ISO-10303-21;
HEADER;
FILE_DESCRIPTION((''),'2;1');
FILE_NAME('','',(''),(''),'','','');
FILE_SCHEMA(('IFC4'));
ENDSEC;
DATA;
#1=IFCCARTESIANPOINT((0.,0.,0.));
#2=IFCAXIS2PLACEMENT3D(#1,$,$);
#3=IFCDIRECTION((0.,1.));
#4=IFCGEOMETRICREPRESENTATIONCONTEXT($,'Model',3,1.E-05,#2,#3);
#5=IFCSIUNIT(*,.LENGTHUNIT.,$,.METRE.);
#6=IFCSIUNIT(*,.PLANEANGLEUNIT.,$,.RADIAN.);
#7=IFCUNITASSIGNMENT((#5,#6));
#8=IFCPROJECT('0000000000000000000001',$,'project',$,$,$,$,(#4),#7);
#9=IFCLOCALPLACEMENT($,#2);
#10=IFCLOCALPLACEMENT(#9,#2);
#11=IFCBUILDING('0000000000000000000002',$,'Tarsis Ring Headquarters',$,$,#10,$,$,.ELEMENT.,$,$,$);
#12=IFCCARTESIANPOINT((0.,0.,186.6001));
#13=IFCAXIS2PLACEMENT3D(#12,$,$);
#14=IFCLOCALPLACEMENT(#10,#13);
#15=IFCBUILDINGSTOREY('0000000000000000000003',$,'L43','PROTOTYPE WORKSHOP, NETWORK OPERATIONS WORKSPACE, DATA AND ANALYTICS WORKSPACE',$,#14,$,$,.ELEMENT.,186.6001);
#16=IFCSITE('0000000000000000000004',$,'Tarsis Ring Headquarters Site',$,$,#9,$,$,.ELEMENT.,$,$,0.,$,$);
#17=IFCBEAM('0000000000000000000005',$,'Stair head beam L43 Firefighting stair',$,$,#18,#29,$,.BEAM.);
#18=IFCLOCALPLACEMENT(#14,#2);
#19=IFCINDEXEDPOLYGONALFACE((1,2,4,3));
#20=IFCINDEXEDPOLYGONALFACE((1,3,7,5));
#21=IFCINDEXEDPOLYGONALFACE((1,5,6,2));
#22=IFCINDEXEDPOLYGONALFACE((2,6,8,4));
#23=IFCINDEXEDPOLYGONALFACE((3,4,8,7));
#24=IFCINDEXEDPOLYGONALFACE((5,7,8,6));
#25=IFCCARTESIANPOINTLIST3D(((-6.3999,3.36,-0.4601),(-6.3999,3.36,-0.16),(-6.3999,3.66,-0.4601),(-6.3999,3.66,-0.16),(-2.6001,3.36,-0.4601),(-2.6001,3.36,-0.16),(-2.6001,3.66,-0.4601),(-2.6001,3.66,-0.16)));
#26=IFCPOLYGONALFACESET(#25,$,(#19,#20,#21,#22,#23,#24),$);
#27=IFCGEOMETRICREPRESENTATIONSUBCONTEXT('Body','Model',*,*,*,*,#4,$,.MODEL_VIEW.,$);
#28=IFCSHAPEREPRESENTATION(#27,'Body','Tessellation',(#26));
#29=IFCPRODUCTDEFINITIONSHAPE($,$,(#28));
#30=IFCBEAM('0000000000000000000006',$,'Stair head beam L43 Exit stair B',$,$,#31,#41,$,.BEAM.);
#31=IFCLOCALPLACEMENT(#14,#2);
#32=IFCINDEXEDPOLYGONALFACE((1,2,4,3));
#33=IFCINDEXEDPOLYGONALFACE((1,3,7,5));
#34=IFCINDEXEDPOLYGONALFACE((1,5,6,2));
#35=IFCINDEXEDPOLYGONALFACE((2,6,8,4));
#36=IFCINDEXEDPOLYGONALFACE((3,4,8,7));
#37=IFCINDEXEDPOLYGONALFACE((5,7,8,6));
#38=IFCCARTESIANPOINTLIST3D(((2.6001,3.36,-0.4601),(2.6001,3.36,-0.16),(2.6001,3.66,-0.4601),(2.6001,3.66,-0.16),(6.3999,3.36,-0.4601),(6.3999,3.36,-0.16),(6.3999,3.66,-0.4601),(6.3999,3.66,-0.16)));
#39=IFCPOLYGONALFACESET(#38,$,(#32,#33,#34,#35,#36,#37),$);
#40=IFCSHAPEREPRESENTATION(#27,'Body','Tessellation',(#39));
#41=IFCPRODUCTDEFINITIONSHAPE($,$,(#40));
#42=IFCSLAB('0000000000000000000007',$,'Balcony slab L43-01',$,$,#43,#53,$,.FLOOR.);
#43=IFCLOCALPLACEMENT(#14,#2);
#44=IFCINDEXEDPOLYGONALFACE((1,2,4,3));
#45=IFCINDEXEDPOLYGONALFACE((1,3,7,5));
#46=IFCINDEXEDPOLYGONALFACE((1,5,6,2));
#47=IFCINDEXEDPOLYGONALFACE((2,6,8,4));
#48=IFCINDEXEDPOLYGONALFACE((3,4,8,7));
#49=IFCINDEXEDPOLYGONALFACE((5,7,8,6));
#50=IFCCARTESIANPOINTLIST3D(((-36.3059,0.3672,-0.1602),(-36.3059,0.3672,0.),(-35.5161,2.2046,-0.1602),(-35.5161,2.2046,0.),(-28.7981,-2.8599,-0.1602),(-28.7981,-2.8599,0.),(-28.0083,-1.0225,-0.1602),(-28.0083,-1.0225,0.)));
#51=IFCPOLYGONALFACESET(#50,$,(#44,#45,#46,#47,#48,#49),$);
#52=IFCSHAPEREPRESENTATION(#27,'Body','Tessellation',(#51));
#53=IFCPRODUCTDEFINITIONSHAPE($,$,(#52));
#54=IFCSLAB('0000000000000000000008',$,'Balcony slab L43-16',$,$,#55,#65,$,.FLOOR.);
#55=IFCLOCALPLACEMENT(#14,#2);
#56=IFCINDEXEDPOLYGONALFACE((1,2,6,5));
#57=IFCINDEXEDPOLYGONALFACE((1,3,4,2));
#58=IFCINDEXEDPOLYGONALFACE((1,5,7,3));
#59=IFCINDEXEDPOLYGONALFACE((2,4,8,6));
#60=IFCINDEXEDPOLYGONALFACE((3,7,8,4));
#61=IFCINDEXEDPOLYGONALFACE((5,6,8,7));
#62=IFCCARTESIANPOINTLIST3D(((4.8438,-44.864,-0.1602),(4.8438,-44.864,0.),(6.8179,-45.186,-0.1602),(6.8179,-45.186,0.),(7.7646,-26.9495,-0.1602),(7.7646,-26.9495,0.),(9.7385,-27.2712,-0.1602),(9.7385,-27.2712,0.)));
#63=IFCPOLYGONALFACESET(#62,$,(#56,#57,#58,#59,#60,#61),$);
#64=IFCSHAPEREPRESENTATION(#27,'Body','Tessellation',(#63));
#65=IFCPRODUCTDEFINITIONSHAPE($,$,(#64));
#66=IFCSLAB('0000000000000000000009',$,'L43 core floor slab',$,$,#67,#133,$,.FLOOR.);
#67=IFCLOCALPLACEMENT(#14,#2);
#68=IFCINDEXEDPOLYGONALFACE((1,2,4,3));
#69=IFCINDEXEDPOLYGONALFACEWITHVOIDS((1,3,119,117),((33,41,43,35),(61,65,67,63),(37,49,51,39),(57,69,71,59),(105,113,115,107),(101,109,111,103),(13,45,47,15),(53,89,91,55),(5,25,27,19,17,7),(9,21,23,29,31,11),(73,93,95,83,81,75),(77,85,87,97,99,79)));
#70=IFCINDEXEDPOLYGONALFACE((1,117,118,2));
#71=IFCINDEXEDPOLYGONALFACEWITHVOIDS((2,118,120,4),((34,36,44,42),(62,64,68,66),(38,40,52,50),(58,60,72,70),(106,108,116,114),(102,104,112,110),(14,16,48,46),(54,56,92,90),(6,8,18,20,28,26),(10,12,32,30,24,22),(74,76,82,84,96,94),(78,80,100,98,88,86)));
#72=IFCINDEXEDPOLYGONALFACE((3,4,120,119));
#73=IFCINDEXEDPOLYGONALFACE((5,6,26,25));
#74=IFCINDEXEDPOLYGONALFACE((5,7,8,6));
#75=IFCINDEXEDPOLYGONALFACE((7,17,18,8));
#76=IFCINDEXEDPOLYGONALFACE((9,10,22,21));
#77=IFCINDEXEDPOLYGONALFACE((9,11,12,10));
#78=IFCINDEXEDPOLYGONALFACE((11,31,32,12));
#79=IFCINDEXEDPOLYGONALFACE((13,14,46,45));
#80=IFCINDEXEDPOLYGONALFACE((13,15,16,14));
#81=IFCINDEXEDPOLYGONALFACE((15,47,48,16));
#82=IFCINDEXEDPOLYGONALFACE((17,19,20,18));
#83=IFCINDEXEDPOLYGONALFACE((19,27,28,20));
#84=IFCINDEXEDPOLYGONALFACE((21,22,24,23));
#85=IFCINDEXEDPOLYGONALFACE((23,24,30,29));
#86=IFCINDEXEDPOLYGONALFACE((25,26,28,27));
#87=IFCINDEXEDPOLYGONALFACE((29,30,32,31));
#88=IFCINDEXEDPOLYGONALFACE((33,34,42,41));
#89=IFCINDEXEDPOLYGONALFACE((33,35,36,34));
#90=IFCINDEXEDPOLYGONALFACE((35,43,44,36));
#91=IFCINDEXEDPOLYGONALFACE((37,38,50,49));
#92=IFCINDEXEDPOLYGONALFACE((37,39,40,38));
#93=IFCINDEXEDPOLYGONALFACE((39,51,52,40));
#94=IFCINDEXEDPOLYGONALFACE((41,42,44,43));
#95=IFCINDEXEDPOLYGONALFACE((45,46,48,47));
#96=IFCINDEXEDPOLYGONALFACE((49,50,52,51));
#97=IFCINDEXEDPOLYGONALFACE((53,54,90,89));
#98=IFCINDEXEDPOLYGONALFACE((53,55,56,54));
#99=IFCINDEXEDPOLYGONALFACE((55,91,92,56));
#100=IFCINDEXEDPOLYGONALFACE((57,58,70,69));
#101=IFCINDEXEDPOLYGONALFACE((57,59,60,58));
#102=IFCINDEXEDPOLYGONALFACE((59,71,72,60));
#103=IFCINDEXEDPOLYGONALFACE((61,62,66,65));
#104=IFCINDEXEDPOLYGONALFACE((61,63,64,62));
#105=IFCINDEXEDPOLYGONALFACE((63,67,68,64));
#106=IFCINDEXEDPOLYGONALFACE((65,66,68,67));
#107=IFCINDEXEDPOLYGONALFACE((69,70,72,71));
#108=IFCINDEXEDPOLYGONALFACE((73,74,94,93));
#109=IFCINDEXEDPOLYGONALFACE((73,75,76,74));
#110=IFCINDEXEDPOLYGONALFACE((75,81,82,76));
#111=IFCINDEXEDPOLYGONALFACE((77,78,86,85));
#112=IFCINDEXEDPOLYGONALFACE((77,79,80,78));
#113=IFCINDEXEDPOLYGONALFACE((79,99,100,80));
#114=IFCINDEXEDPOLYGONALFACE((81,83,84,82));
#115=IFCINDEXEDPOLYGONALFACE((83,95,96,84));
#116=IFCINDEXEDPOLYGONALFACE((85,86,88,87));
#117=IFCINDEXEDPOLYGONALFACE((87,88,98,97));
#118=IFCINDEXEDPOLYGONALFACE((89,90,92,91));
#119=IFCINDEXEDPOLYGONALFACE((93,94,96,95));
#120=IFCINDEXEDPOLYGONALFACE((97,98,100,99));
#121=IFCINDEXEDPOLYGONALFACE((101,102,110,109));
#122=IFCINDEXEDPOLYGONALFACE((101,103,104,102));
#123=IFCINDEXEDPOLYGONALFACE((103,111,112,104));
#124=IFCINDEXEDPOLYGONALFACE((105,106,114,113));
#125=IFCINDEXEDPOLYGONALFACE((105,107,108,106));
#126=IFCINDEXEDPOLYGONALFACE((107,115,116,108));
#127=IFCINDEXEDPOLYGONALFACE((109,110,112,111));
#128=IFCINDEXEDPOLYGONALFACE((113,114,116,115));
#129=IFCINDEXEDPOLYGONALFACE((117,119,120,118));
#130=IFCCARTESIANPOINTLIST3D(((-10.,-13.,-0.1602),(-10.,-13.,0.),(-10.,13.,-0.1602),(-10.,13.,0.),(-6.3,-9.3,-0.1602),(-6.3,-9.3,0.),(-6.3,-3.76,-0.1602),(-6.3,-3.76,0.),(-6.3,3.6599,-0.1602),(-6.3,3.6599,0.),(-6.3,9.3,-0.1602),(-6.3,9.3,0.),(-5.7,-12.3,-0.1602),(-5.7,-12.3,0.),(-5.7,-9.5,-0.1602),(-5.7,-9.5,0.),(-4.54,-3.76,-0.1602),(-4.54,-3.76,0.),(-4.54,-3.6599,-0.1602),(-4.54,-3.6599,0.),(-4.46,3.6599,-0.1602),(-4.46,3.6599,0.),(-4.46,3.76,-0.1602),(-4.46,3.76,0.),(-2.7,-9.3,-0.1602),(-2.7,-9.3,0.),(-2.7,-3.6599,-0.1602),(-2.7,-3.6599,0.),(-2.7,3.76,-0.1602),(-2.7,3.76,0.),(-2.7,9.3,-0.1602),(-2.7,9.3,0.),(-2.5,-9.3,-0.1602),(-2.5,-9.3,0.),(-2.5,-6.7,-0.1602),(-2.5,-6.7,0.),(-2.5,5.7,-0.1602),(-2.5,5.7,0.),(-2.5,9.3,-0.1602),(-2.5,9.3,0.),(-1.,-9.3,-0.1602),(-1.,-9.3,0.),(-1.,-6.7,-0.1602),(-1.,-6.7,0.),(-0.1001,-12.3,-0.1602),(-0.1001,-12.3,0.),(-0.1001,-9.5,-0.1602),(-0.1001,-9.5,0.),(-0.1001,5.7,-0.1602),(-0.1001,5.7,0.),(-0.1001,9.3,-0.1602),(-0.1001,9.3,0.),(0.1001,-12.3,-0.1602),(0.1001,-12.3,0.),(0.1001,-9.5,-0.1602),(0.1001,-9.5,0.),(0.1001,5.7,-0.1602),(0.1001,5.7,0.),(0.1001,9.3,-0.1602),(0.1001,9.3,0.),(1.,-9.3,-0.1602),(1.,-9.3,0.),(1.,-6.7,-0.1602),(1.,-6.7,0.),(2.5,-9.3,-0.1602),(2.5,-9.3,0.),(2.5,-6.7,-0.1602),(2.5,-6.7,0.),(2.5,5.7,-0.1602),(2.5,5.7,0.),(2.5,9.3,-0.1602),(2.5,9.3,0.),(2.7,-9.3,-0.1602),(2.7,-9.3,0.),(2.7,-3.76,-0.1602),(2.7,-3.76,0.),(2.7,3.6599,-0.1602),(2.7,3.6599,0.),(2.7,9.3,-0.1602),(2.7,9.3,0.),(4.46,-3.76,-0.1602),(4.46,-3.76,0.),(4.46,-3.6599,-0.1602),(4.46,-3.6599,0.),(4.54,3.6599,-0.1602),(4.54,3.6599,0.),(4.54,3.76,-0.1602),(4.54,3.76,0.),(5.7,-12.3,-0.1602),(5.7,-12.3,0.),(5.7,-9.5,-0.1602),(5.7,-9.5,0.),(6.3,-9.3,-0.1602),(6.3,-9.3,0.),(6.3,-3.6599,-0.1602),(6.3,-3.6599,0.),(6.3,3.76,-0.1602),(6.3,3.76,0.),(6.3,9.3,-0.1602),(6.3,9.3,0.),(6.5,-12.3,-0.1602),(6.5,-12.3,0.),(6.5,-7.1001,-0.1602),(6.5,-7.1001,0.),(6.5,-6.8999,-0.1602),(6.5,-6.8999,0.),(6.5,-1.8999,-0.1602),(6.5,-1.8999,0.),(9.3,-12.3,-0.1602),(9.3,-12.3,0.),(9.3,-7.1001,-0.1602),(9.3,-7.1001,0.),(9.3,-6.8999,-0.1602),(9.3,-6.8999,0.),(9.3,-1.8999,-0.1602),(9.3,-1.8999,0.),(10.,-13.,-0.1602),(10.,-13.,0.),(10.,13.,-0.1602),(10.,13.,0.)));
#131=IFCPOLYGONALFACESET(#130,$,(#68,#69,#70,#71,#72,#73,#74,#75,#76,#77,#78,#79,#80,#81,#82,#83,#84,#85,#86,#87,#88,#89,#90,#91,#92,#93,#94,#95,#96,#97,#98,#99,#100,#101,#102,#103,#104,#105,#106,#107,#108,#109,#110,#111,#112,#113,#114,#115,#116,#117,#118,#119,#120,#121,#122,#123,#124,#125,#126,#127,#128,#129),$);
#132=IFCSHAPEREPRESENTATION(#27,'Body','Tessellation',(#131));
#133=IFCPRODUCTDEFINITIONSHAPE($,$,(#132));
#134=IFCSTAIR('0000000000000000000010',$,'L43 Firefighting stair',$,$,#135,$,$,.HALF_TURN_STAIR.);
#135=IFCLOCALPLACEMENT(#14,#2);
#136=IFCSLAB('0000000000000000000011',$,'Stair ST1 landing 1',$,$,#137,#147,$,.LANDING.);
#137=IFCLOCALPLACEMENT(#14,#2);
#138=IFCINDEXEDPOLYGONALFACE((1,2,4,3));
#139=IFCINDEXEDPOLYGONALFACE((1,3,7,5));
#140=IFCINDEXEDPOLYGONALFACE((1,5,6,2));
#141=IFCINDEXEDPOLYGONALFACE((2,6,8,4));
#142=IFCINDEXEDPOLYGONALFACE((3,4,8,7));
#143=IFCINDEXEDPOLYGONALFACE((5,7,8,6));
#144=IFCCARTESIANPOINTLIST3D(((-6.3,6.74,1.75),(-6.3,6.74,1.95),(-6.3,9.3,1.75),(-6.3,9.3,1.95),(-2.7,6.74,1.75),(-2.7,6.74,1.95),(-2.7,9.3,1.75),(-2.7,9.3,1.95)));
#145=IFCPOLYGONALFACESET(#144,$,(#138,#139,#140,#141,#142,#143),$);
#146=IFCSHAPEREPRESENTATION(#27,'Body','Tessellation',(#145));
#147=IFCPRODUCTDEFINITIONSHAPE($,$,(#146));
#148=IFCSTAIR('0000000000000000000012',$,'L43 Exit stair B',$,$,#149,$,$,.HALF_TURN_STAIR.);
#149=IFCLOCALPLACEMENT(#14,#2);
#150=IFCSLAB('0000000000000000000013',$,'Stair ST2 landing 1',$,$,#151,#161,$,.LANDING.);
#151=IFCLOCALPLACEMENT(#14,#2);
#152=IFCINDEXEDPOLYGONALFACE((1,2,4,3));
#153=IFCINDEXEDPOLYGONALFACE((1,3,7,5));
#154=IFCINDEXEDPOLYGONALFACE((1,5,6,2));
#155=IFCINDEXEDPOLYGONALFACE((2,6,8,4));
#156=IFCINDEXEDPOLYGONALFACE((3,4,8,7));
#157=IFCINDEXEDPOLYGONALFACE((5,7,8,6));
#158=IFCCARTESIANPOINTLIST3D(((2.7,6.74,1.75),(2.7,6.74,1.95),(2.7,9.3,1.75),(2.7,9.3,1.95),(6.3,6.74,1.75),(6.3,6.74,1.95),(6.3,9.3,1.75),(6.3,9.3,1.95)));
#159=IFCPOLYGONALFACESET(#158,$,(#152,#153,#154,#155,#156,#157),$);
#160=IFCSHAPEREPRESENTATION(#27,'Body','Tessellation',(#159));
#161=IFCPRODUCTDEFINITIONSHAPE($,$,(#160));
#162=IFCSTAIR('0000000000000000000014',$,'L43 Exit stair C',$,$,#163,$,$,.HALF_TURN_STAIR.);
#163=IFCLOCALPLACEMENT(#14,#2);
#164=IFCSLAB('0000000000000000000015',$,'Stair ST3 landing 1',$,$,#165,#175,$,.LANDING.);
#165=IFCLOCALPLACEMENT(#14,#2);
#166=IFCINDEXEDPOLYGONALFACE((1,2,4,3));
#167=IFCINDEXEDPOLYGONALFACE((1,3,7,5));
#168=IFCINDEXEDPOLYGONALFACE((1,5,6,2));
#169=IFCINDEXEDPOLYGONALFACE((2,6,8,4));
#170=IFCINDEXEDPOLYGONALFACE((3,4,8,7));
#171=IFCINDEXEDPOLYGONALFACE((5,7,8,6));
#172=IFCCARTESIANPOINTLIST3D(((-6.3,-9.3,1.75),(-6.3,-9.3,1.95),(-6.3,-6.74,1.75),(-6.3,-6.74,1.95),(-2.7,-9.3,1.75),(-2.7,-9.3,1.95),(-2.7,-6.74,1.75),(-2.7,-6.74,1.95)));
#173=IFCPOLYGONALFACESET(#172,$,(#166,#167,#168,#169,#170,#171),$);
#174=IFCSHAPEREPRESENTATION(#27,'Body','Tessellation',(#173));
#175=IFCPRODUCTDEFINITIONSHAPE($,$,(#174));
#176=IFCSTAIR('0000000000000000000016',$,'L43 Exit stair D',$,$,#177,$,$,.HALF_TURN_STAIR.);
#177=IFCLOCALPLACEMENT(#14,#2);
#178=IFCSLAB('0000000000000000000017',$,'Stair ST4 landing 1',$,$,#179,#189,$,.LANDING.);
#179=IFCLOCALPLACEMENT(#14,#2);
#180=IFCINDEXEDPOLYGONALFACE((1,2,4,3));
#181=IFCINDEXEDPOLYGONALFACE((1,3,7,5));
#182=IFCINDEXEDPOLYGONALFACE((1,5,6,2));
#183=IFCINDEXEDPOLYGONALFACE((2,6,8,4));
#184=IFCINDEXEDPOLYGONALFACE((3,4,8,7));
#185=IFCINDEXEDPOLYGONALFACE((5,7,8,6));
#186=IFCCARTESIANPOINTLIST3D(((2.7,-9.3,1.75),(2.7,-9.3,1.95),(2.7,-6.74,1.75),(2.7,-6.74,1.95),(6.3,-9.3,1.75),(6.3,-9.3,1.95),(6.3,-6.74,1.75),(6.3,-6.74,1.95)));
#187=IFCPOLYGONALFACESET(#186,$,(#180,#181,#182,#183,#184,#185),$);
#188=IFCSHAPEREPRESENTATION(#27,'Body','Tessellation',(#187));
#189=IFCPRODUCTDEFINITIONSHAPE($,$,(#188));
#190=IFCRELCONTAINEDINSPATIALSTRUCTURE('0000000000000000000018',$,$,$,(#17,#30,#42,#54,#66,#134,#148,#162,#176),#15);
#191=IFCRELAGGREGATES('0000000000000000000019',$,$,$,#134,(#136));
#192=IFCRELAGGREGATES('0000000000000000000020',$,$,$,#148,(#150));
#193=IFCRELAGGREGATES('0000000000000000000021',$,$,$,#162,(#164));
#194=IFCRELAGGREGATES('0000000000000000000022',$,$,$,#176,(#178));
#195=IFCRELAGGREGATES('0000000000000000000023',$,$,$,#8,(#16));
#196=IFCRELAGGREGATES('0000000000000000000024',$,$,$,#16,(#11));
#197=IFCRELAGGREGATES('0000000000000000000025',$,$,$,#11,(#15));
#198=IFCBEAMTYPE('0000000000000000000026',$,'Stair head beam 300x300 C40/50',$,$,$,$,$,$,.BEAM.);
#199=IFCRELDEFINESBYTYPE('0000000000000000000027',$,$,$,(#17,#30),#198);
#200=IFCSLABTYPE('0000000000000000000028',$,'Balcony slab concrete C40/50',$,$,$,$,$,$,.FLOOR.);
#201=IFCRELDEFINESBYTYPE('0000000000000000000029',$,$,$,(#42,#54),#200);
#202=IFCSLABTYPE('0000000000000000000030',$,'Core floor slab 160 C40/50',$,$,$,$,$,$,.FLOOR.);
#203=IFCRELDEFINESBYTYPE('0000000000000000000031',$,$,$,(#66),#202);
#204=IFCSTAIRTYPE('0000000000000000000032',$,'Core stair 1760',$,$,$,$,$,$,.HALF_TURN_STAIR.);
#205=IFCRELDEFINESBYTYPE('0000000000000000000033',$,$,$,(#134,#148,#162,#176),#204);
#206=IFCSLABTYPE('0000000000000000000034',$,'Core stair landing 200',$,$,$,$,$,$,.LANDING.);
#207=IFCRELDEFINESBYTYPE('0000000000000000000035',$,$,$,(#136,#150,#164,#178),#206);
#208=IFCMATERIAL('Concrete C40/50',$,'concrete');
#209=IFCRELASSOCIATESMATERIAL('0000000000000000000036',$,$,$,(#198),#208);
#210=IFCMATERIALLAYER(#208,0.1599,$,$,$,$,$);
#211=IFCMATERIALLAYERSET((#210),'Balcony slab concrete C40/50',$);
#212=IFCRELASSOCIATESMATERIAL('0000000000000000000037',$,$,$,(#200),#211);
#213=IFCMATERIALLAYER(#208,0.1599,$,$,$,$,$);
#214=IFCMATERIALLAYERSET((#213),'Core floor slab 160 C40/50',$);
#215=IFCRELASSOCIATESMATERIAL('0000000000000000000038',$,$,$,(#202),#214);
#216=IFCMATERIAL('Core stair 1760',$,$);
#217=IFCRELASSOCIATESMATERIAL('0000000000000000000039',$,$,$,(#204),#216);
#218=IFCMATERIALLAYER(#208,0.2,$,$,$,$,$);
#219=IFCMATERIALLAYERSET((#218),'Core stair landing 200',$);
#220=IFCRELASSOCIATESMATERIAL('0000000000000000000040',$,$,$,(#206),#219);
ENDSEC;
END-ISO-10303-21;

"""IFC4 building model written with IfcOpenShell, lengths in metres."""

from ifc_helpers import new_model, si_unit, direction, frame, origin, origin_2d, place, context, subcontext, project, spatial, polyline, rectangle, outline, extrude, material, layer, layer_set, material_profile, profile_set, type_object, element, aggregate, save


model = new_model("IFC4")

# Units and contexts
model_context = context("Model", 3, precision=1e-05, world=origin(), true_north=direction((0.0, 1.0)))
body_context = subcontext(model_context, "Body", "Model", "MODEL_VIEW")
ifc_project = project(units=[si_unit("LENGTHUNIT", "METRE"), si_unit("PLANEANGLEUNIT", "RADIAN")], contexts=[model_context])

# Site, building, storey
site_placement = place(None, origin())
site = spatial("IfcSite", under=ifc_project, at=site_placement, Name="Tarsis Ring Headquarters Site", CompositionType="ELEMENT", RefElevation=0.0)
building_placement = place(site_placement, origin())
building = spatial("IfcBuilding", under=site, at=building_placement, Name="Tarsis Ring Headquarters", CompositionType="ELEMENT")
storey_placement = place(building_placement, frame((0.0, 0.0, 186.6001)))
storey = spatial("IfcBuildingStorey", under=building, at=storey_placement, Name="L43", Description="PROTOTYPE WORKSHOP, NETWORK OPERATIONS WORKSPACE, DATA AND ANALYTICS WORKSPACE", CompositionType="ELEMENT", Elevation=186.6001)

# Beams
ifc_material_1 = material(Name="Concrete C40/50", Category="concrete")
ifc_material_profile = material_profile(ifc_material_1, rectangle(XDim=0.3, YDim=0.3, at=origin_2d()), Name="Stair head beam 300x300 C40/50")
ifc_profile_set = profile_set([ifc_material_profile], Name="Concrete C40/50")
beam_type = type_object("IfcBeamType", Name="Stair head beam 300x300 C40/50", PredefinedType="BEAM", material=ifc_profile_set)
for number, where, z_axis, x_axis, name in (
    (1, (-6.3999, 3.51, -0.3101), (1.0, 0.0, 0.0), (0.0, 1.0, 0.0), "Stair head beam L43 Firefighting stair"),
    (2, (2.6001, 3.51, -0.3101), (1.0, 0.0, 0.0), (0.0, 1.0, 0.0), "Stair head beam L43 Exit stair B"),
):
    element("IfcBeam", number, at=place(storey_placement, frame(where, z_axis=z_axis, x_axis=x_axis)), inside=storey, type_object=beam_type, Name=name, PredefinedType="BEAM", context=body_context, shape_type="SweptSolid", body=[
        extrude(rectangle(XDim=0.3, YDim=0.3, at=origin_2d()), origin(), (0.0, 0.0, 1.0), 3.7998),
    ])

# Slabs
ifc_layer_1 = layer(ifc_material_1, 0.1599)
ifc_layer_set_1 = layer_set([ifc_layer_1], Name="Balcony slab concrete C40/50")
slab_type_1 = type_object("IfcSlabType", Name="Balcony slab concrete C40/50", PredefinedType="FLOOR", material=ifc_layer_set_1)
slab_1_placement = place(storey_placement, frame((0.0, 0.0, -0.1602)))
element("IfcSlab", 3, at=slab_1_placement, inside=storey, type_object=slab_type_1, Name="Balcony slab L43-01", PredefinedType="FLOOR", context=body_context, shape_type="SweptSolid", body=[
    extrude(outline(polyline([(-35.5161, 2.2046), (-36.3059, 0.3672), (-28.7981, -2.8599), (-28.0083, -1.0225), (-35.5161, 2.2046)])), origin(), (0.0, 0.0, 1.0), 0.1602),
])
slab_2_placement = place(storey_placement, frame((0.0, 0.0, -0.1602)))
element("IfcSlab", 4, at=slab_2_placement, inside=storey, type_object=slab_type_1, Name="Balcony slab L43-16", PredefinedType="FLOOR", context=body_context, shape_type="SweptSolid", body=[
    extrude(outline(polyline([(4.8438, -44.864), (6.8179, -45.186), (9.7385, -27.2712), (7.7646, -26.9495), (4.8438, -44.864)])), origin(), (0.0, 0.0, 1.0), 0.1602),
])
ifc_layer_2 = layer(ifc_material_1, 0.1599)
ifc_layer_set_2 = layer_set([ifc_layer_2], Name="Core floor slab 160 C40/50")
slab_type_2 = type_object("IfcSlabType", Name="Core floor slab 160 C40/50", PredefinedType="FLOOR", material=ifc_layer_set_2)
slab_3_placement = place(storey_placement, frame((0.0, 0.0, -0.1602)))
element("IfcSlab", 5, at=slab_3_placement, inside=storey, type_object=slab_type_2, Name="L43 core floor slab", PredefinedType="FLOOR", context=body_context, shape_type="SweptSolid", body=[
    extrude(outline(polyline([(-10.0, -13.0), (10.0, -13.0), (10.0, 13.0), (-10.0, 13.0), (-10.0, -13.0)]), holes=[polyline([(-2.5, 5.7), (-0.1001, 5.7), (-0.1001, 9.3), (-2.5, 9.3), (-2.5, 5.7)]), polyline([(0.1001, 5.7), (2.5, 5.7), (2.5, 9.3), (0.1001, 9.3), (0.1001, 5.7)]), polyline([(6.5, -12.3), (9.3, -12.3), (9.3, -7.1001), (6.5, -7.1001), (6.5, -12.3)]), polyline([(6.5, -6.8999), (9.3, -6.8999), (9.3, -1.8999), (6.5, -1.8999), (6.5, -6.8999)]), polyline([(-5.7, -12.3), (-0.1001, -12.3), (-0.1001, -9.5), (-5.7, -9.5), (-5.7, -12.3)]), polyline([(0.1001, -12.3), (5.7, -12.3), (5.7, -9.5), (0.1001, -9.5), (0.1001, -12.3)]), polyline([(-2.5, -9.3), (-1.0, -9.3), (-1.0, -6.7), (-2.5, -6.7), (-2.5, -9.3)]), polyline([(1.0, -9.3), (2.5, -9.3), (2.5, -6.7), (1.0, -6.7), (1.0, -9.3)]), polyline([(-2.7, 3.76), (-2.7, 9.3), (-6.3, 9.3), (-6.3, 3.6599), (-4.46, 3.6599), (-4.46, 3.76), (-2.7, 3.76)]), polyline([(6.3, 3.76), (6.3, 9.3), (2.7, 9.3), (2.7, 3.6599), (4.54, 3.6599), (4.54, 3.76), (6.3, 3.76)]), polyline([(-6.3, -3.76), (-6.3, -9.3), (-2.7, -9.3), (-2.7, -3.6599), (-4.54, -3.6599), (-4.54, -3.76), (-6.3, -3.76)]), polyline([(2.7, -3.76), (2.7, -9.3), (6.3, -9.3), (6.3, -3.6599), (4.46, -3.6599), (4.46, -3.76), (2.7, -3.76)])]), origin(), (0.0, 0.0, 1.0), 0.1602),
])

# Stairs, slabs
ifc_material_2 = material(Name="Core stair 1760")
stair_type = type_object("IfcStairType", Name="Core stair 1760", PredefinedType="HALF_TURN_STAIR", material=ifc_material_2)
stair_1_placement = place(storey_placement, origin())
stair_1 = element("IfcStair", 6, at=stair_1_placement, inside=storey, type_object=stair_type, Name="L43 Firefighting stair", PredefinedType="HALF_TURN_STAIR")
ifc_layer_3 = layer(ifc_material_1, 0.2)
ifc_layer_set_3 = layer_set([ifc_layer_3], Name="Core stair landing 200")
slab_type_3 = type_object("IfcSlabType", Name="Core stair landing 200", PredefinedType="LANDING", material=ifc_layer_set_3)
slab_4_placement = place(storey_placement, frame((0.0, 0.0, 1.75)))
slab_4 = element("IfcSlab", 7, at=slab_4_placement, type_object=slab_type_3, Name="Stair ST1 landing 1", PredefinedType="LANDING", context=body_context, shape_type="SweptSolid", body=[
    extrude(outline(polyline([(-2.7, 6.74), (-2.7, 9.3), (-6.3, 9.3), (-6.3, 6.74), (-2.7, 6.74)])), origin(), (0.0, 0.0, 1.0), 0.2),
])
aggregate(stair_1, [slab_4])
stair_2_placement = place(storey_placement, origin())
stair_2 = element("IfcStair", 8, at=stair_2_placement, inside=storey, type_object=stair_type, Name="L43 Exit stair B", PredefinedType="HALF_TURN_STAIR")
slab_5_placement = place(storey_placement, frame((0.0, 0.0, 1.75)))
slab_5 = element("IfcSlab", 9, at=slab_5_placement, type_object=slab_type_3, Name="Stair ST2 landing 1", PredefinedType="LANDING", context=body_context, shape_type="SweptSolid", body=[
    extrude(outline(polyline([(6.3, 6.74), (6.3, 9.3), (2.7, 9.3), (2.7, 6.74), (6.3, 6.74)])), origin(), (0.0, 0.0, 1.0), 0.2),
])
aggregate(stair_2, [slab_5])
stair_3_placement = place(storey_placement, origin())
stair_3 = element("IfcStair", 10, at=stair_3_placement, inside=storey, type_object=stair_type, Name="L43 Exit stair C", PredefinedType="HALF_TURN_STAIR")
slab_6_placement = place(storey_placement, frame((0.0, 0.0, 1.75)))
slab_6 = element("IfcSlab", 11, at=slab_6_placement, type_object=slab_type_3, Name="Stair ST3 landing 1", PredefinedType="LANDING", context=body_context, shape_type="SweptSolid", body=[
    extrude(outline(polyline([(-6.3, -6.74), (-6.3, -9.3), (-2.7, -9.3), (-2.7, -6.74), (-6.3, -6.74)])), origin(), (0.0, 0.0, 1.0), 0.2),
])
aggregate(stair_3, [slab_6])
stair_4_placement = place(storey_placement, origin())
stair_4 = element("IfcStair", 12, at=stair_4_placement, inside=storey, type_object=stair_type, Name="L43 Exit stair D", PredefinedType="HALF_TURN_STAIR")
slab_7_placement = place(storey_placement, frame((0.0, 0.0, 1.75)))
slab_7 = element("IfcSlab", 13, at=slab_7_placement, type_object=slab_type_3, Name="Stair ST4 landing 1", PredefinedType="LANDING", context=body_context, shape_type="SweptSolid", body=[
    extrude(outline(polyline([(2.7, -6.74), (2.7, -9.3), (6.3, -9.3), (6.3, -6.74), (2.7, -6.74)])), origin(), (0.0, 0.0, 1.0), 0.2),
])
aggregate(stair_4, [slab_7])

save(model, "model.ifc")
